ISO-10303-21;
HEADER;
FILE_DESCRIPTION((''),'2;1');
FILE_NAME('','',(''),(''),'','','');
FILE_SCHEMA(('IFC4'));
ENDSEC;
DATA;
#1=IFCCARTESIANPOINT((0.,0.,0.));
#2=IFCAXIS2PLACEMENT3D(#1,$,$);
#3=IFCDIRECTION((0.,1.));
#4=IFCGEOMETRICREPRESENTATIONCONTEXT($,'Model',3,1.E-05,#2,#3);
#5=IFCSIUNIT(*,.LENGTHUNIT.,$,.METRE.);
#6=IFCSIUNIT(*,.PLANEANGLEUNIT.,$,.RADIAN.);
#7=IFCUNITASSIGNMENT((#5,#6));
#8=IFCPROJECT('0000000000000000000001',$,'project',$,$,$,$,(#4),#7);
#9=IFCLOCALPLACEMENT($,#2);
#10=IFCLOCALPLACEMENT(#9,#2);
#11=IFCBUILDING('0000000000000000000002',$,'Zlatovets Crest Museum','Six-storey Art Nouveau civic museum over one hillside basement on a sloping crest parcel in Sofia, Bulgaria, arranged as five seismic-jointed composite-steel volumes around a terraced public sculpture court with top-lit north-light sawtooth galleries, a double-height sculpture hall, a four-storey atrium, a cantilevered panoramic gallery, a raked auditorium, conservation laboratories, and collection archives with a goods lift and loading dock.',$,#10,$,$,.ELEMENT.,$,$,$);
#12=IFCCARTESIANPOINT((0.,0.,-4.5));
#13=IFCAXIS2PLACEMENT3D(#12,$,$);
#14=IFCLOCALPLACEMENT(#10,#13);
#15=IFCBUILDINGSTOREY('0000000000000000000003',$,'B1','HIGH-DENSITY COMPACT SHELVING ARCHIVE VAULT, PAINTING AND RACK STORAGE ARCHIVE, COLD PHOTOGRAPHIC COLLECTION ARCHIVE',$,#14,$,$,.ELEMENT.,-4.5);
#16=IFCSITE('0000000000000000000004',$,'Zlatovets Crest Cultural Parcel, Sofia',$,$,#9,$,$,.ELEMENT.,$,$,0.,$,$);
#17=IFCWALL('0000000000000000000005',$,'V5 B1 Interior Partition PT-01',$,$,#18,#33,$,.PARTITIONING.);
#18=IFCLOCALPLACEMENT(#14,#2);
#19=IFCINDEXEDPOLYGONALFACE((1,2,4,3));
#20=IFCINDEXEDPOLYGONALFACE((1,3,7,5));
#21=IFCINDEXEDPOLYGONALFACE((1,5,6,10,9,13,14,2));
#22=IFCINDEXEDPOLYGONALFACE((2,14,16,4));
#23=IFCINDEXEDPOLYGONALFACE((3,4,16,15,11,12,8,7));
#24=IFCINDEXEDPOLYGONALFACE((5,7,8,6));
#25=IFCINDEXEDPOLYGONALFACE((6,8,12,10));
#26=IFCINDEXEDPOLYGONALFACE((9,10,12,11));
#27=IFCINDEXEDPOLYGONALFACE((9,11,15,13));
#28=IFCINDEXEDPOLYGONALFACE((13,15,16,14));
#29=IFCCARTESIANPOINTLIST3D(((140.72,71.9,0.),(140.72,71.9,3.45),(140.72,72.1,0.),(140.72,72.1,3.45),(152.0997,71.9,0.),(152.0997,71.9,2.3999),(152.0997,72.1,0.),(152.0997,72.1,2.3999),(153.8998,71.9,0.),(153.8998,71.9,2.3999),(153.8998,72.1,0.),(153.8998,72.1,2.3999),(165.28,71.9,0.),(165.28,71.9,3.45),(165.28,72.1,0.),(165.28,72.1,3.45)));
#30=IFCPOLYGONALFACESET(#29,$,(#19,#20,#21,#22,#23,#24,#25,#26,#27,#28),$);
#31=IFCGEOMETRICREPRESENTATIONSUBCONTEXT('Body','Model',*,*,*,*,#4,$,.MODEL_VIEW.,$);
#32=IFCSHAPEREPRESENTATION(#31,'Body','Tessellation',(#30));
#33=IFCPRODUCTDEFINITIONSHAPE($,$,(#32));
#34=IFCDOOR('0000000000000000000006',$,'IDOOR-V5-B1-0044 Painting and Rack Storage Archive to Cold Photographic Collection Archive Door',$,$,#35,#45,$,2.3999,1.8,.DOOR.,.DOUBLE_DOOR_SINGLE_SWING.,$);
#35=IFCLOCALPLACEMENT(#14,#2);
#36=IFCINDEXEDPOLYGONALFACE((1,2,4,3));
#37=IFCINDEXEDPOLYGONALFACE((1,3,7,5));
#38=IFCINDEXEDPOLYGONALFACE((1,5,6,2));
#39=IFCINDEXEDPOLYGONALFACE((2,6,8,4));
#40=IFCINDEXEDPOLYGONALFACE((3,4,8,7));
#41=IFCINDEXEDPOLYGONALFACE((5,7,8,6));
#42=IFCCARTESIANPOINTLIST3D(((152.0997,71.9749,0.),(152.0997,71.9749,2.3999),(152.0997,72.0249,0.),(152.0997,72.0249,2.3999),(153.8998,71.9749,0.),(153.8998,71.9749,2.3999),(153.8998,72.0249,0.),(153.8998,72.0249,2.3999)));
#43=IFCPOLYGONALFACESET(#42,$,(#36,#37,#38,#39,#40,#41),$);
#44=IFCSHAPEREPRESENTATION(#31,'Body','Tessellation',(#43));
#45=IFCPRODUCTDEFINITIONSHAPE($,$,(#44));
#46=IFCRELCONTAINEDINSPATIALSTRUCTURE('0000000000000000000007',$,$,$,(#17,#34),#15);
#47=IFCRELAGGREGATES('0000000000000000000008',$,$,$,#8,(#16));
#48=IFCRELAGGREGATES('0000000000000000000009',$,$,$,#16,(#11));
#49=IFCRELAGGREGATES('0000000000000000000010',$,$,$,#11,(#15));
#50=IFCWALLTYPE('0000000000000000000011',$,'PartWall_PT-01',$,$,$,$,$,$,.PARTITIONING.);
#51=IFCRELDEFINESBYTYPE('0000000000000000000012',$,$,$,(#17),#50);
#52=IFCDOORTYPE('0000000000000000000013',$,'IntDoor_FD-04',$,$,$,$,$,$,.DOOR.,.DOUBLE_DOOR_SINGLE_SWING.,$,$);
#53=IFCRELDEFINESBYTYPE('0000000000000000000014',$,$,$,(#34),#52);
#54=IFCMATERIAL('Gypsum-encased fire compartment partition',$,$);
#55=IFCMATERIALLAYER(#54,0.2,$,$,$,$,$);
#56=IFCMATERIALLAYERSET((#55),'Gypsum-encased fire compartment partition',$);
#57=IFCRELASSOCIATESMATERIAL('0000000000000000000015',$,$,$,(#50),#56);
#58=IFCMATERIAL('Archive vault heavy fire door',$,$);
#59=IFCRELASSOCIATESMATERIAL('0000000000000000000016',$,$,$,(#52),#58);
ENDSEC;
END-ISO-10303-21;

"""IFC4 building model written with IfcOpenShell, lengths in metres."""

from ifc_helpers import new_model, si_unit, direction, frame, frame_2d, origin, place, context, subcontext, project, spatial, rectangle, extrude, material, layer, layer_set, type_object, element, fill, save


model = new_model("IFC4")

# Units and contexts
model_context = context("Model", 3, precision=1e-05, world=origin(), true_north=direction((0.0, 1.0)))
body_context = subcontext(model_context, "Body", "Model", "MODEL_VIEW")
ifc_project = project(units=[si_unit("LENGTHUNIT", "METRE"), si_unit("PLANEANGLEUNIT", "RADIAN")], contexts=[model_context])

# Site, building, storey
site_placement = place(None, origin())
site = spatial("IfcSite", under=ifc_project, at=site_placement, Name="Zlatovets Crest Cultural Parcel, Sofia", CompositionType="ELEMENT", RefElevation=0.0)
building_placement = place(site_placement, origin())
building = spatial("IfcBuilding", under=site, at=building_placement, Name="Zlatovets Crest Museum", Description="Six-storey Art Nouveau civic museum over one hillside basement on a sloping crest parcel in Sofia, Bulgaria, arranged as five seismic-jointed composite-steel volumes around a terraced public sculpture court with top-lit north-light sawtooth galleries, a double-height sculpture hall, a four-storey atrium, a cantilevered panoramic gallery, a raked auditorium, conservation laboratories, and collection archives with a goods lift and loading dock.", CompositionType="ELEMENT")
storey_placement = place(building_placement, frame((0.0, 0.0, -4.5)))
storey = spatial("IfcBuildingStorey", under=building, at=storey_placement, Name="B1", Description="HIGH-DENSITY COMPACT SHELVING ARCHIVE VAULT, PAINTING AND RACK STORAGE ARCHIVE, COLD PHOTOGRAPHIC COLLECTION ARCHIVE", CompositionType="ELEMENT", Elevation=-4.5)

# Wall, opening, door
ifc_material_1 = material(Name="Gypsum-encased fire compartment partition")
ifc_layer = layer(ifc_material_1, 0.2)
ifc_layer_set = layer_set([ifc_layer], Name="Gypsum-encased fire compartment partition")
wall_type = type_object("IfcWallType", Name="PartWall_PT-01", PredefinedType="PARTITIONING", material=ifc_layer_set)
ifc_material_2 = material(Name="Archive vault heavy fire door")
door_type = type_object("IfcDoorType", Name="IntDoor_FD-04", OperationType="DOUBLE_DOOR_SINGLE_SWING", PredefinedType="DOOR", material=ifc_material_2)
wall_1_placement = place(storey_placement, frame((140.72, 72.0, 0.0), z_axis=(0.0, 0.0, 1.0), x_axis=(1.0, 0.0, 0.0)))
wall_1 = element("IfcWall", 1, at=wall_1_placement, inside=storey, type_object=wall_type, Name="V5 B1 Interior Partition PT-01", PredefinedType="PARTITIONING", context=body_context, shape_type="SweptSolid", body=[
    extrude(rectangle(XDim=24.5601, YDim=0.2, at=frame_2d((12.28, 0.0))), origin(), (0.0, 0.0, 1.0), 3.45),
])
opening_1_placement = place(wall_1_placement, frame((11.3799, 0.0, 0.0)))
opening_1 = element("IfcOpeningElement", 2, at=opening_1_placement, cuts=wall_1, PredefinedType="OPENING", context=body_context, shape_type="SweptSolid", body=[
    extrude(rectangle(XDim=1.8, YDim=2.3999, at=frame_2d((0.8999, 1.2))), frame((0.0, 0.1099, 0.0), z_axis=(0.0, -1.0, 0.0), x_axis=(1.0, 0.0, 0.0)), (0.0, 0.0, 1.0), 0.22),
])
door_1_placement = place(opening_1_placement, origin())
door_1 = element("IfcDoor", 3, at=door_1_placement, inside=storey, type_object=door_type, Name="IDOOR-V5-B1-0044 Painting and Rack Storage Archive to Cold Photographic Collection Archive Door", OperationType="DOUBLE_DOOR_SINGLE_SWING", OverallHeight=2.3999, OverallWidth=1.8, PredefinedType="DOOR", context=body_context, shape_type="SweptSolid", body=[
    extrude(rectangle(XDim=1.8, YDim=2.3999, at=frame_2d((0.8999, 1.2))), frame((0.0, 0.0249, 0.0), z_axis=(0.0, -1.0, 0.0), x_axis=(1.0, 0.0, 0.0)), (0.0, 0.0, 1.0), 0.05),
])
fill(opening_1, door_1)

save(model, "model.ifc")
